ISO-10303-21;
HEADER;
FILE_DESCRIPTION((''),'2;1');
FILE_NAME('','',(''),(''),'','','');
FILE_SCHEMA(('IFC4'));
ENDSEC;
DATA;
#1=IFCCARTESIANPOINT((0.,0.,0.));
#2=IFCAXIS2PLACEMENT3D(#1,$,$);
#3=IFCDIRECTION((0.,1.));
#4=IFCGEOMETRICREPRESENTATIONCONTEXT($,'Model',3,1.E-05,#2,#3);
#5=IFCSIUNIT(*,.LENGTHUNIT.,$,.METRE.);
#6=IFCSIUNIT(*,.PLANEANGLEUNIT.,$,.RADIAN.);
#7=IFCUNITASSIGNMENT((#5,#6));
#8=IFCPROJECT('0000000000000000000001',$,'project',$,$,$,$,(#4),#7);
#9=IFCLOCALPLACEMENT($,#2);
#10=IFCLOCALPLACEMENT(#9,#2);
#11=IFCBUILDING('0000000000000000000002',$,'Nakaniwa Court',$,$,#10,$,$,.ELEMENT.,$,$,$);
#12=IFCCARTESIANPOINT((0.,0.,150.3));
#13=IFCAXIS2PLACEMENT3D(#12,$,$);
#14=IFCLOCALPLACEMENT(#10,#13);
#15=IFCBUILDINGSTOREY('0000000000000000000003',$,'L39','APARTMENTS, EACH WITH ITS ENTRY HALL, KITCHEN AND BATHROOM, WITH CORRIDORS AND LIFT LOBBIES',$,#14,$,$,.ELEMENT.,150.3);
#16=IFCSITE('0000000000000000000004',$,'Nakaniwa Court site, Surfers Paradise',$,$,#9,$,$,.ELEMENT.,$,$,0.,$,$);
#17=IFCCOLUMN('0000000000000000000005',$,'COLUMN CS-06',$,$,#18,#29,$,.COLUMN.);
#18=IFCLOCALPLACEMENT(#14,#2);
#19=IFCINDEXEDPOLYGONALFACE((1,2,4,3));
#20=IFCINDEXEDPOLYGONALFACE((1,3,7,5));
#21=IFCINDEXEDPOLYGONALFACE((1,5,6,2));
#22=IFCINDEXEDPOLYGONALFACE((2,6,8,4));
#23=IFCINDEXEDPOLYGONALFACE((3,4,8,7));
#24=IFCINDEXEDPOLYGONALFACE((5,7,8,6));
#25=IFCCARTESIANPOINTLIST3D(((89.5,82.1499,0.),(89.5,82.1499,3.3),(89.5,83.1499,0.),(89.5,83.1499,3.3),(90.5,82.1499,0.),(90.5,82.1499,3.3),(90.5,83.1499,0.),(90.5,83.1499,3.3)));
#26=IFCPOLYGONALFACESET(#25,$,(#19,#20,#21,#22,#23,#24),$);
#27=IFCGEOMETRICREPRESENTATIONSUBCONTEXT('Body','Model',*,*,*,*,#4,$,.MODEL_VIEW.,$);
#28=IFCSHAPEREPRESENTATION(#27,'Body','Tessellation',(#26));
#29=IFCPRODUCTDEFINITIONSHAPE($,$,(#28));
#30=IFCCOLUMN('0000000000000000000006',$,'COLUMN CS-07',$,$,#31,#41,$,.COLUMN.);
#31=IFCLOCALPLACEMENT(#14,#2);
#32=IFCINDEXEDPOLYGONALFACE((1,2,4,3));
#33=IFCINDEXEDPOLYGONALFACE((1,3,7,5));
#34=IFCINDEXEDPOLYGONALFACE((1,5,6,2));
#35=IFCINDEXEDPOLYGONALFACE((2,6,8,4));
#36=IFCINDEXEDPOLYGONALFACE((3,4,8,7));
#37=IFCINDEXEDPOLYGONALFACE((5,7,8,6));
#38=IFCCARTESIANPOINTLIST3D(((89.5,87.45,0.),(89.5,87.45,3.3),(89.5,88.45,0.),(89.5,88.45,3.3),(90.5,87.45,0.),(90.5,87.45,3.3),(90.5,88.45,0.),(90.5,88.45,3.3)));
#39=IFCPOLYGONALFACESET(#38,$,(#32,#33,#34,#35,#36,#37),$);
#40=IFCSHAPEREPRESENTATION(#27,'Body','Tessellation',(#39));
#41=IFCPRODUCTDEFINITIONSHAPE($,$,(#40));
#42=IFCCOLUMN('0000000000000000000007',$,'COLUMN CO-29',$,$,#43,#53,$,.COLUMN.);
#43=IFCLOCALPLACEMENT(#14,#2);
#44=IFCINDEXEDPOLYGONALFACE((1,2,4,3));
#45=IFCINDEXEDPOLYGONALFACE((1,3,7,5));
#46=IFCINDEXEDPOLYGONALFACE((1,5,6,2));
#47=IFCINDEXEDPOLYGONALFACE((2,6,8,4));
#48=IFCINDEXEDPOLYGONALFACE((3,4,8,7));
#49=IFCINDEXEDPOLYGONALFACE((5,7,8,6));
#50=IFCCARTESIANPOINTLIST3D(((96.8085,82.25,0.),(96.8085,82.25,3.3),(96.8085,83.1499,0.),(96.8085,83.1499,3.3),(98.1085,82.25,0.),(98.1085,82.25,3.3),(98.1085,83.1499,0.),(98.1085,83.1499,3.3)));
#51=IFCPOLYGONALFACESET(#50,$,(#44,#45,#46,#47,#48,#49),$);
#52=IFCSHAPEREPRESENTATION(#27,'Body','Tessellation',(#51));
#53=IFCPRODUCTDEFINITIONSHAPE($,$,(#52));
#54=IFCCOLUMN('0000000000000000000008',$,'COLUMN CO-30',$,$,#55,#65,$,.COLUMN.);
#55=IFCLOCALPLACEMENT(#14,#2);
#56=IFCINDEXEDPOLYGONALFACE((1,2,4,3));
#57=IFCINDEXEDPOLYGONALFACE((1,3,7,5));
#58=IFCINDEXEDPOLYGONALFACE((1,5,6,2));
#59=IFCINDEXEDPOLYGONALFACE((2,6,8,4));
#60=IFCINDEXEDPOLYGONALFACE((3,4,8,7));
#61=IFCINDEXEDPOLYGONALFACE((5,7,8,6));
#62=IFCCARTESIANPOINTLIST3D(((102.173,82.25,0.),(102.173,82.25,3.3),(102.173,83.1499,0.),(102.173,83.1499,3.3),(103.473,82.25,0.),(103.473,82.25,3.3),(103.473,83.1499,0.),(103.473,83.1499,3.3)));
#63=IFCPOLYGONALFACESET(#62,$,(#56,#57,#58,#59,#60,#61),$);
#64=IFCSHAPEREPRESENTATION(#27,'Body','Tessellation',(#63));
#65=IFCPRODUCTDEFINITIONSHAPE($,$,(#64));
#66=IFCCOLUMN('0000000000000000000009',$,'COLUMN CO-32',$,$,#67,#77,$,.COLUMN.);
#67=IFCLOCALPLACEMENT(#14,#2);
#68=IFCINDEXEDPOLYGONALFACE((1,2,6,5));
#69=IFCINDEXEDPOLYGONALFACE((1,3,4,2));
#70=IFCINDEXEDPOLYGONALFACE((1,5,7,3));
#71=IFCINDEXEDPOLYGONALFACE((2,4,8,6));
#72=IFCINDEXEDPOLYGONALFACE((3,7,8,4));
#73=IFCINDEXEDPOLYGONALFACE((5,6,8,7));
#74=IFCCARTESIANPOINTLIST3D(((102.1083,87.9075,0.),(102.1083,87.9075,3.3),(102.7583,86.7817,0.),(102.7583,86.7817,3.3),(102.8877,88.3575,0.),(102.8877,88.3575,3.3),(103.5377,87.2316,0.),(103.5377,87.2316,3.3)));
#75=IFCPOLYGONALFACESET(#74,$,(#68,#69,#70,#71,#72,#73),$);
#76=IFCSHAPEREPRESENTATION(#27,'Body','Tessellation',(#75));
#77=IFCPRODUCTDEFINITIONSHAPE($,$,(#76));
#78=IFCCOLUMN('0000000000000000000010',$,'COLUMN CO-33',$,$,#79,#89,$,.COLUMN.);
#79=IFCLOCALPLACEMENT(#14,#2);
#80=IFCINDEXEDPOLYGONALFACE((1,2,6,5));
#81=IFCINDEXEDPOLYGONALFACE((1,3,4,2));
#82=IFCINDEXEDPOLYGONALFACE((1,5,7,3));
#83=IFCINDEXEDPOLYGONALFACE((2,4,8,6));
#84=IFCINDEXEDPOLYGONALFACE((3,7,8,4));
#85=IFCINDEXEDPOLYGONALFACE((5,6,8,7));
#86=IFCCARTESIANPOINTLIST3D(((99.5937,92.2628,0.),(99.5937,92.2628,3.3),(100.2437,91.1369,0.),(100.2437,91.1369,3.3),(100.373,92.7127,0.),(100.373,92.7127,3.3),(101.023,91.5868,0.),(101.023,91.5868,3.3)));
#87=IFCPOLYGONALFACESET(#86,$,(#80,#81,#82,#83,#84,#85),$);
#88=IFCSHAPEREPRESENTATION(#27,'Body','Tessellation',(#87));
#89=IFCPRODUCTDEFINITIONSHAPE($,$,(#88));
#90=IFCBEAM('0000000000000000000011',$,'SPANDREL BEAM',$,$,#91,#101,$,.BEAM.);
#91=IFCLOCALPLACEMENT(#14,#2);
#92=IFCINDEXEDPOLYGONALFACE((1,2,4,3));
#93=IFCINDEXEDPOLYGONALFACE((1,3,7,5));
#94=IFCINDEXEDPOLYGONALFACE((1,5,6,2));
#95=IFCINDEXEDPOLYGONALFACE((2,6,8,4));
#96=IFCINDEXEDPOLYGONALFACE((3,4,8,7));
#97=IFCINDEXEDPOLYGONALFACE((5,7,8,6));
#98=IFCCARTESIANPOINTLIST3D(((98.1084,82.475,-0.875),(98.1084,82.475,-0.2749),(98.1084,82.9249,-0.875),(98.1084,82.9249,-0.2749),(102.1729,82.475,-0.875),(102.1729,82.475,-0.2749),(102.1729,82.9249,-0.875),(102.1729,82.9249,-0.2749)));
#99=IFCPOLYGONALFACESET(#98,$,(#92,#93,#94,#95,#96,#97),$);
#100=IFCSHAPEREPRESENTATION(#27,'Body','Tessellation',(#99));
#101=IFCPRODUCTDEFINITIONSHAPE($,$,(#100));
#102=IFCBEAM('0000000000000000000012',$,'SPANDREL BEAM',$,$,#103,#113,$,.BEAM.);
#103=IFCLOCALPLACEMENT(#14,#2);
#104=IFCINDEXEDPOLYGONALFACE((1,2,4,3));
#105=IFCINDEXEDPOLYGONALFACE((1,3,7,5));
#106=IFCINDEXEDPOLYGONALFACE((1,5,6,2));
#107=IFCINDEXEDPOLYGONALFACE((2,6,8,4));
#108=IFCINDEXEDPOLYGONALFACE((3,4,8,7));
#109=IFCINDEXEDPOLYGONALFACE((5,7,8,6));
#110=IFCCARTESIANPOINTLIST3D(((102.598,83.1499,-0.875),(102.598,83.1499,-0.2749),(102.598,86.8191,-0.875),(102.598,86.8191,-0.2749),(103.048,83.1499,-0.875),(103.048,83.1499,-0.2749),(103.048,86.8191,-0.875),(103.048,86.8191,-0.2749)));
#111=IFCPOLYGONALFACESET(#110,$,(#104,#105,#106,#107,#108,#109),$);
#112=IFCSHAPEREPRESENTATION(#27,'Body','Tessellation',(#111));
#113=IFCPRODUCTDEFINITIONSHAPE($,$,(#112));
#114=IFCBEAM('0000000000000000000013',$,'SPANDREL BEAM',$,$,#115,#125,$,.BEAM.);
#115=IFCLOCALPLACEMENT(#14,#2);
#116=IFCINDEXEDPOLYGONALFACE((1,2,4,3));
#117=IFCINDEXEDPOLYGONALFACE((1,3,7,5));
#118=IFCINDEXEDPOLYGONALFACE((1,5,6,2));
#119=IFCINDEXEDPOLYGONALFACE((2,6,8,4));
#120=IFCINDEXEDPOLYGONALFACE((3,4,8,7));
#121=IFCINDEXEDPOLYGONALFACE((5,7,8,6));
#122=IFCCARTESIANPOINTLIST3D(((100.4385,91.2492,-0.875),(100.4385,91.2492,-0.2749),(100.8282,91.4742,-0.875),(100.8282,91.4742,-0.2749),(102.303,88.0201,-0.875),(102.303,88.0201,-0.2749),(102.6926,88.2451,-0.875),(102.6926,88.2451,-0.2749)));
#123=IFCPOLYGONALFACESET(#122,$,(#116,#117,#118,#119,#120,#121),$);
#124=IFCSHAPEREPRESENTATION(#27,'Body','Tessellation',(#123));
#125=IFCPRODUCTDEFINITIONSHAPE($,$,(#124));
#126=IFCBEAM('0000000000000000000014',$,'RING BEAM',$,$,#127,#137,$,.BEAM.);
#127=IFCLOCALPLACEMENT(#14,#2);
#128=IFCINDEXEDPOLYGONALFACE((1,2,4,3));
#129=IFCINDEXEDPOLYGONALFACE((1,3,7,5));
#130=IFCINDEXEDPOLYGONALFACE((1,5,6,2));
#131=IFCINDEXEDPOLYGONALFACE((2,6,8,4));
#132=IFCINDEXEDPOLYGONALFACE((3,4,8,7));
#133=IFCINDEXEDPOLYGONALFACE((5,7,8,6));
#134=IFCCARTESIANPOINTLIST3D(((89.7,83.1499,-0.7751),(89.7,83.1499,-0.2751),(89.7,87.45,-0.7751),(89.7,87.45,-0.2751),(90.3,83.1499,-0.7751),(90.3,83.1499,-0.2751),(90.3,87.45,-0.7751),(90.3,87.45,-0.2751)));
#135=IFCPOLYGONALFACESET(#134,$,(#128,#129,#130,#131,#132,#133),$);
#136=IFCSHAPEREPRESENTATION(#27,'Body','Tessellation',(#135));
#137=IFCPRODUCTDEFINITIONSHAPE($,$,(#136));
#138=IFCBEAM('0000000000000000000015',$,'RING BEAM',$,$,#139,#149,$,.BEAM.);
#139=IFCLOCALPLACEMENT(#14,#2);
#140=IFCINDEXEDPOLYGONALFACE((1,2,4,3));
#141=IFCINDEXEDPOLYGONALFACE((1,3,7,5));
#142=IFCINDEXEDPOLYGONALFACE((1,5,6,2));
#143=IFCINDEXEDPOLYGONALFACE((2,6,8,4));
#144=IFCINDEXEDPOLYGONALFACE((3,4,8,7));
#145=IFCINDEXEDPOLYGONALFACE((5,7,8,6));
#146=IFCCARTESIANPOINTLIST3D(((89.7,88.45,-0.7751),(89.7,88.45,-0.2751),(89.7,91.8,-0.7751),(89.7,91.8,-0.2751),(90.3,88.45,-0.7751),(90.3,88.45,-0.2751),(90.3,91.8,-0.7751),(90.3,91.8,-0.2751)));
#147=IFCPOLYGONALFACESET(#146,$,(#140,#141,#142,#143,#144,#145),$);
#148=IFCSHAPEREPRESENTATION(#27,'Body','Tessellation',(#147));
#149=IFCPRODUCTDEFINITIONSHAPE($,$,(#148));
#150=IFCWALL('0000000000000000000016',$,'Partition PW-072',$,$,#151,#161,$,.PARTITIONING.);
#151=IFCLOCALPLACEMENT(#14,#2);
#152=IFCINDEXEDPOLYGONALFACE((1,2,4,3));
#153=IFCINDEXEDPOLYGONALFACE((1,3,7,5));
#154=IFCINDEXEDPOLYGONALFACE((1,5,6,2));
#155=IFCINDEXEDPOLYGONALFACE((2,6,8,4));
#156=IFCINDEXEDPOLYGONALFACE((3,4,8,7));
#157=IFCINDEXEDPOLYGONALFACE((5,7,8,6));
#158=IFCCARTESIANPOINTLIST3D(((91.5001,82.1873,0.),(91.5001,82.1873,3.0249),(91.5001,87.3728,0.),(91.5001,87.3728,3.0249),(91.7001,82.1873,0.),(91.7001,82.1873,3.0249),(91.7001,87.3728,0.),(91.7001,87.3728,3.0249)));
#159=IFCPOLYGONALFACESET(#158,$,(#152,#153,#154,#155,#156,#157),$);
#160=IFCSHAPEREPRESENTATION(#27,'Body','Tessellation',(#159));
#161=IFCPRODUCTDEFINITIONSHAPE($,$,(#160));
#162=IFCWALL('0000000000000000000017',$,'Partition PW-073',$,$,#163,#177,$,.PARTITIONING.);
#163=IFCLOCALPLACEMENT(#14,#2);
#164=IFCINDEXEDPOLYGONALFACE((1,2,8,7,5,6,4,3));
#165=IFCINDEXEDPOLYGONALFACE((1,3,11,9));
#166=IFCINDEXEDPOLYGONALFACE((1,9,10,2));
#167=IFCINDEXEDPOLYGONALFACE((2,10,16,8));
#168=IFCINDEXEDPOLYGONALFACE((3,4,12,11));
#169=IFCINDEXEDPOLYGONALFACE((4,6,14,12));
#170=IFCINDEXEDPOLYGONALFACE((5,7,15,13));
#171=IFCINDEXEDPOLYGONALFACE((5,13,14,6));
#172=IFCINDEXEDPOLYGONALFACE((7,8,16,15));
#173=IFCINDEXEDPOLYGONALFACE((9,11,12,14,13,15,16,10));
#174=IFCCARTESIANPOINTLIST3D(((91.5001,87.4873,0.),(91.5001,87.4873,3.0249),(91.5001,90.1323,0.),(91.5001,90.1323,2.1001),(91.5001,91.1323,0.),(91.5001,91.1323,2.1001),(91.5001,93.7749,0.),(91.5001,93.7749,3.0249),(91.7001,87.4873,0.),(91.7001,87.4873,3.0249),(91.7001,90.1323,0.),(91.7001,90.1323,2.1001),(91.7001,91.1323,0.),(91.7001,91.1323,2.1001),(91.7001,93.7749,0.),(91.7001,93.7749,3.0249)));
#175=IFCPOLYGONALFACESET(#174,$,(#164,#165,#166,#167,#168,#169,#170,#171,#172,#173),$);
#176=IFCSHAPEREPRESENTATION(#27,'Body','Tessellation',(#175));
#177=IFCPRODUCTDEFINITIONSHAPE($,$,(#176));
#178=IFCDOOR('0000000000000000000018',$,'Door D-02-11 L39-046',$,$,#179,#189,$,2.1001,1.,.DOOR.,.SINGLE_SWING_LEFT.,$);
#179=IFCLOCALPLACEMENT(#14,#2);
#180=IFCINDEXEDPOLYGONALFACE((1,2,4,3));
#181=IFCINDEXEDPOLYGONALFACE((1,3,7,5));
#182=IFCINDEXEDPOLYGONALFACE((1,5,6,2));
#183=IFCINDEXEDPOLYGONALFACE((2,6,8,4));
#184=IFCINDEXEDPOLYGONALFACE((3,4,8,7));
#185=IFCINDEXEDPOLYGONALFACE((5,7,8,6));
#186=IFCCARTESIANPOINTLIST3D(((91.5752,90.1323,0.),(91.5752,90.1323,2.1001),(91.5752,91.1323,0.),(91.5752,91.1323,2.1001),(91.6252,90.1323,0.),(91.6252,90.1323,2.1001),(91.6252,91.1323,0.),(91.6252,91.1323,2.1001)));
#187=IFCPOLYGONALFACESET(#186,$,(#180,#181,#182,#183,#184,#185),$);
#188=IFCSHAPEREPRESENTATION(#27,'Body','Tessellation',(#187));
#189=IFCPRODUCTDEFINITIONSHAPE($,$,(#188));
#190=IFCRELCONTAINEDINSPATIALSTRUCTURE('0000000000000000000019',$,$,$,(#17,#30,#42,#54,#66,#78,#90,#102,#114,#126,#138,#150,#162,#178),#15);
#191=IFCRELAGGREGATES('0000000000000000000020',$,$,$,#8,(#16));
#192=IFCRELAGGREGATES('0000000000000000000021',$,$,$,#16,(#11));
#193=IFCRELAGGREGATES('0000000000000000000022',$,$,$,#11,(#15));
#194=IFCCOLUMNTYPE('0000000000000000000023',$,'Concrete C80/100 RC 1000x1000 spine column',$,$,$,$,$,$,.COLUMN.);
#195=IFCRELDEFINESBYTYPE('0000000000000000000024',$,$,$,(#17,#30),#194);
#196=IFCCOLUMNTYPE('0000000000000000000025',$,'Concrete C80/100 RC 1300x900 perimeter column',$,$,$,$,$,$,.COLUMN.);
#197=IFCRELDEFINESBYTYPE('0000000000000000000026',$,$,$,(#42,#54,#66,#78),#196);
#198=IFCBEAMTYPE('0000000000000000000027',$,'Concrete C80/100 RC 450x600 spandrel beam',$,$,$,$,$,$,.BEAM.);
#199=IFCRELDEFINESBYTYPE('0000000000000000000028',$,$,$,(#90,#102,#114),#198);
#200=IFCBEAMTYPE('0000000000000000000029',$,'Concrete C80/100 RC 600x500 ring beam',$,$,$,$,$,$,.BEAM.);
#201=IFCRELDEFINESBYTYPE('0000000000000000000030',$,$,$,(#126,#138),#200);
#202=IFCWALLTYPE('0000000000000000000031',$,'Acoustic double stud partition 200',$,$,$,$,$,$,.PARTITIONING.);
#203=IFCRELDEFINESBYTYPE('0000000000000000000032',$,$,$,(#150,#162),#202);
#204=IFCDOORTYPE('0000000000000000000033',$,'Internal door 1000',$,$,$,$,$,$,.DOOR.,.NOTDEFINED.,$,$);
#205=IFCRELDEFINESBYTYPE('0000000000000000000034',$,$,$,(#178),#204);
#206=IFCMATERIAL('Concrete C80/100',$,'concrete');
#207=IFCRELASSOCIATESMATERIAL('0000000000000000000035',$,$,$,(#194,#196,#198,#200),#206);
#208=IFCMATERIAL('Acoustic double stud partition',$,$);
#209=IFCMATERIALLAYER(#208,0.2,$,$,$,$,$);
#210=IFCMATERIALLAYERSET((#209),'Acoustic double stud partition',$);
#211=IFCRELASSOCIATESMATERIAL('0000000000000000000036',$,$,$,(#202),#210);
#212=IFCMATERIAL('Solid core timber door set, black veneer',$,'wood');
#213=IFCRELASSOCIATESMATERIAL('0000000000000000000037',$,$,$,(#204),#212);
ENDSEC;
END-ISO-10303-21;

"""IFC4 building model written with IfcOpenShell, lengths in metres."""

from ifc_helpers import new_model, si_unit, direction, frame, frame_2d, origin, origin_2d, place, context, subcontext, project, spatial, rectangle, extrude, material, layer, layer_set, material_profile, profile_set, type_object, element, fill, save


model = new_model("IFC4")

# Units and contexts
model_context = context("Model", 3, precision=1e-05, world=origin(), true_north=direction((0.0, 1.0)))
body_context = subcontext(model_context, "Body", "Model", "MODEL_VIEW")
ifc_project = project(units=[si_unit("LENGTHUNIT", "METRE"), si_unit("PLANEANGLEUNIT", "RADIAN")], contexts=[model_context])

# Site, building, storey
site_placement = place(None, origin())
site = spatial("IfcSite", under=ifc_project, at=site_placement, Name="Nakaniwa Court site, Surfers Paradise", CompositionType="ELEMENT", RefElevation=0.0)
building_placement = place(site_placement, origin())
building = spatial("IfcBuilding", under=site, at=building_placement, Name="Nakaniwa Court", CompositionType="ELEMENT")
storey_placement = place(building_placement, frame((0.0, 0.0, 150.3)))
storey = spatial("IfcBuildingStorey", under=building, at=storey_placement, Name="L39", Description="APARTMENTS, EACH WITH ITS ENTRY HALL, KITCHEN AND BATHROOM, WITH CORRIDORS AND LIFT LOBBIES", CompositionType="ELEMENT", Elevation=150.3)

# Columns
ifc_material_1 = material(Name="Concrete C80/100", Category="concrete")
ifc_material_profile_1 = material_profile(ifc_material_1, rectangle(XDim=1.0, YDim=1.0, at=origin_2d()), Name="Concrete C80/100 RC 1000x1000 spine column")
ifc_profile_set_1 = profile_set([ifc_material_profile_1], Name="Concrete C80/100")
column_type_1 = type_object("IfcColumnType", Name="Concrete C80/100 RC 1000x1000 spine column", PredefinedType="COLUMN", material=ifc_profile_set_1)
for number, where, z_axis, x_axis, name in (
    (1, (90.0, 82.6499, 0.0), (0.0, 0.0, 1.0), (0.0, 1.0, 0.0), "COLUMN CS-06"),
    (2, (90.0, 87.95, 0.0), (0.0, 0.0, 1.0), (0.0, 1.0, 0.0), "COLUMN CS-07"),
):
    element("IfcColumn", number, at=place(storey_placement, frame(where, z_axis=z_axis, x_axis=x_axis)), inside=storey, type_object=column_type_1, Name=name, PredefinedType="COLUMN", context=body_context, shape_type="SweptSolid", body=[
        extrude(rectangle(XDim=1.0, YDim=1.0, at=origin_2d()), origin(), (0.0, 0.0, 1.0), 3.3),
    ])
ifc_material_profile_2 = material_profile(ifc_material_1, rectangle(XDim=1.3, YDim=0.8999, at=origin_2d()), Name="Concrete C80/100 RC 1300x900 perimeter column")
ifc_profile_set_2 = profile_set([ifc_material_profile_2], Name="Concrete C80/100")
column_type_2 = type_object("IfcColumnType", Name="Concrete C80/100 RC 1300x900 perimeter column", PredefinedType="COLUMN", material=ifc_profile_set_2)
for number, where, z_axis, x_axis, name in (
    (3, (97.4585, 82.7, 0.0), (0.0, 0.0, 1.0), (1.0, 0.0, 0.0), "COLUMN CO-29"),
    (4, (102.823, 82.7, 0.0), (0.0, 0.0, 1.0), (1.0, 0.0, 0.0), "COLUMN CO-30"),
    (5, (102.823, 87.5696, 0.0), (0.0, 0.0, 1.0), (-0.5, 0.866025, 0.0), "COLUMN CO-32"),
    (6, (100.3083, 91.9248, 0.0), (0.0, 0.0, 1.0), (-0.5, 0.866025, 0.0), "COLUMN CO-33"),
):
    element("IfcColumn", number, at=place(storey_placement, frame(where, z_axis=z_axis, x_axis=x_axis)), inside=storey, type_object=column_type_2, Name=name, PredefinedType="COLUMN", context=body_context, shape_type="SweptSolid", body=[
        extrude(rectangle(XDim=1.3, YDim=0.8999, at=origin_2d()), origin(), (0.0, 0.0, 1.0), 3.3),
    ])

# Beams
ifc_material_profile_3 = material_profile(ifc_material_1, rectangle(XDim=0.45, YDim=0.6001, at=origin_2d()), Name="Concrete C80/100 RC 450x600 spandrel beam")
ifc_profile_set_3 = profile_set([ifc_material_profile_3], Name="Concrete C80/100")
beam_type_1 = type_object("IfcBeamType", Name="Concrete C80/100 RC 450x600 spandrel beam", PredefinedType="BEAM", material=ifc_profile_set_3)
beam_1_placement = place(storey_placement, frame((98.1084, 82.7, -0.575), z_axis=(1.0, 0.0, 0.0), x_axis=(0.0, 1.0, 0.0)))
element("IfcBeam", 7, at=beam_1_placement, inside=storey, type_object=beam_type_1, Name="SPANDREL BEAM", PredefinedType="BEAM", context=body_context, shape_type="SweptSolid", body=[
    extrude(rectangle(XDim=0.45, YDim=0.6001, at=origin_2d()), origin(), (0.0, 0.0, 1.0), 4.0645),
])
beam_2_placement = place(storey_placement, frame((102.823, 83.1499, -0.575), z_axis=(0.0, 1.0, 0.0), x_axis=(-1.0, 0.0, 0.0)))
element("IfcBeam", 8, at=beam_2_placement, inside=storey, type_object=beam_type_1, Name="SPANDREL BEAM", PredefinedType="BEAM", context=body_context, shape_type="SweptSolid", body=[
    extrude(rectangle(XDim=0.45, YDim=0.6001, at=origin_2d()), origin(), (0.0, 0.0, 1.0), 3.6692),
])
beam_3_placement = place(storey_placement, frame((102.4978, 88.1326, -0.575), z_axis=(-0.500019, 0.866014, 0.0), x_axis=(-0.866014, -0.500019, 0.0)))
element("IfcBeam", 9, at=beam_3_placement, inside=storey, type_object=beam_type_1, Name="SPANDREL BEAM", PredefinedType="BEAM", context=body_context, shape_type="SweptSolid", body=[
    extrude(rectangle(XDim=0.45, YDim=0.6001, at=origin_2d()), origin(), (0.0, 0.0, 1.0), 3.7288),
])
ifc_material_profile_4 = material_profile(ifc_material_1, rectangle(XDim=0.6001, YDim=0.5, at=origin_2d()), Name="Concrete C80/100 RC 600x500 ring beam")
ifc_profile_set_4 = profile_set([ifc_material_profile_4], Name="Concrete C80/100")
beam_type_2 = type_object("IfcBeamType", Name="Concrete C80/100 RC 600x500 ring beam", PredefinedType="BEAM", material=ifc_profile_set_4)
beam_4_placement = place(storey_placement, frame((90.0, 83.1499, -0.5251), z_axis=(0.0, 1.0, 0.0), x_axis=(-1.0, 0.0, 0.0)))
element("IfcBeam", 10, at=beam_4_placement, inside=storey, type_object=beam_type_2, Name="RING BEAM", PredefinedType="BEAM", context=body_context, shape_type="SweptSolid", body=[
    extrude(rectangle(XDim=0.6001, YDim=0.5, at=origin_2d()), origin(), (0.0, 0.0, 1.0), 4.3),
])
beam_5_placement = place(storey_placement, frame((90.0, 88.45, -0.5251), z_axis=(0.0, 1.0, 0.0), x_axis=(-1.0, 0.0, 0.0)))
element("IfcBeam", 11, at=beam_5_placement, inside=storey, type_object=beam_type_2, Name="RING BEAM", PredefinedType="BEAM", context=body_context, shape_type="SweptSolid", body=[
    extrude(rectangle(XDim=0.6001, YDim=0.5, at=origin_2d()), origin(), (0.0, 0.0, 1.0), 3.3501),
])

# Wall
ifc_material_2 = material(Name="Acoustic double stud partition")
ifc_layer_1 = layer(ifc_material_2, 0.2)
ifc_layer_set_1 = layer_set([ifc_layer_1], Name="Acoustic double stud partition")
wall_type_1 = type_object("IfcWallType", Name="Acoustic double stud partition 200", PredefinedType="PARTITIONING", material=ifc_layer_set_1)
wall_1_placement = place(storey_placement, frame((91.6001, 82.1873, 0.0), z_axis=(0.0, 0.0, 1.0), x_axis=(0.0, 1.0, 0.0)))
element("IfcWall", 12, at=wall_1_placement, inside=storey, type_object=wall_type_1, Name="Partition PW-072", PredefinedType="PARTITIONING", context=body_context, shape_type="SweptSolid", body=[
    extrude(rectangle(XDim=5.1855, YDim=0.2, at=frame_2d((2.5928, 0.0))), origin(), (0.0, 0.0, 1.0), 3.0249),
])

# Wall, opening, door
wall_2_placement = place(storey_placement, frame((91.6001, 87.4873, 0.0), z_axis=(0.0, 0.0, 1.0), x_axis=(0.0, 1.0, 0.0)))
wall_2 = element("IfcWall", 13, at=wall_2_placement, inside=storey, type_object=wall_type_1, Name="Partition PW-073", PredefinedType="PARTITIONING", context=body_context, shape_type="SweptSolid", body=[
    extrude(rectangle(XDim=6.2876, YDim=0.2, at=frame_2d((3.1438, 0.0))), origin(), (0.0, 0.0, 1.0), 3.0249),
])
opening_1_placement = place(wall_2_placement, frame((2.645, 0.0, 0.0)))
opening_1 = element("IfcOpeningElement", 14, at=opening_1_placement, cuts=wall_2, PredefinedType="OPENING", context=body_context, shape_type="SweptSolid", body=[
    extrude(rectangle(XDim=1.0, YDim=2.1001, at=frame_2d((0.5, 1.05))), frame((0.0, 0.1099, 0.0), z_axis=(0.0, -1.0, 0.0), x_axis=(1.0, 0.0, 0.0)), (0.0, 0.0, 1.0), 0.22),
])
ifc_material_3 = material(Name="Solid core timber door set, black veneer", Category="wood")
door_type_1 = type_object("IfcDoorType", Name="Internal door 1000", OperationType="NOTDEFINED", PredefinedType="DOOR", material=ifc_material_3)
door_1_placement = place(opening_1_placement, origin())
door_1 = element("IfcDoor", 15, at=door_1_placement, inside=storey, type_object=door_type_1, Name="Door D-02-11 L39-046", OperationType="SINGLE_SWING_LEFT", OverallHeight=2.1001, OverallWidth=1.0, PredefinedType="DOOR", context=body_context, shape_type="SweptSolid", body=[
    extrude(rectangle(XDim=1.0, YDim=2.1001, at=frame_2d((0.5, 1.05))), frame((0.0, 0.0249, 0.0), z_axis=(0.0, -1.0, 0.0), x_axis=(1.0, 0.0, 0.0)), (0.0, 0.0, 1.0), 0.05),
])
fill(opening_1, door_1)

save(model, "model.ifc")
